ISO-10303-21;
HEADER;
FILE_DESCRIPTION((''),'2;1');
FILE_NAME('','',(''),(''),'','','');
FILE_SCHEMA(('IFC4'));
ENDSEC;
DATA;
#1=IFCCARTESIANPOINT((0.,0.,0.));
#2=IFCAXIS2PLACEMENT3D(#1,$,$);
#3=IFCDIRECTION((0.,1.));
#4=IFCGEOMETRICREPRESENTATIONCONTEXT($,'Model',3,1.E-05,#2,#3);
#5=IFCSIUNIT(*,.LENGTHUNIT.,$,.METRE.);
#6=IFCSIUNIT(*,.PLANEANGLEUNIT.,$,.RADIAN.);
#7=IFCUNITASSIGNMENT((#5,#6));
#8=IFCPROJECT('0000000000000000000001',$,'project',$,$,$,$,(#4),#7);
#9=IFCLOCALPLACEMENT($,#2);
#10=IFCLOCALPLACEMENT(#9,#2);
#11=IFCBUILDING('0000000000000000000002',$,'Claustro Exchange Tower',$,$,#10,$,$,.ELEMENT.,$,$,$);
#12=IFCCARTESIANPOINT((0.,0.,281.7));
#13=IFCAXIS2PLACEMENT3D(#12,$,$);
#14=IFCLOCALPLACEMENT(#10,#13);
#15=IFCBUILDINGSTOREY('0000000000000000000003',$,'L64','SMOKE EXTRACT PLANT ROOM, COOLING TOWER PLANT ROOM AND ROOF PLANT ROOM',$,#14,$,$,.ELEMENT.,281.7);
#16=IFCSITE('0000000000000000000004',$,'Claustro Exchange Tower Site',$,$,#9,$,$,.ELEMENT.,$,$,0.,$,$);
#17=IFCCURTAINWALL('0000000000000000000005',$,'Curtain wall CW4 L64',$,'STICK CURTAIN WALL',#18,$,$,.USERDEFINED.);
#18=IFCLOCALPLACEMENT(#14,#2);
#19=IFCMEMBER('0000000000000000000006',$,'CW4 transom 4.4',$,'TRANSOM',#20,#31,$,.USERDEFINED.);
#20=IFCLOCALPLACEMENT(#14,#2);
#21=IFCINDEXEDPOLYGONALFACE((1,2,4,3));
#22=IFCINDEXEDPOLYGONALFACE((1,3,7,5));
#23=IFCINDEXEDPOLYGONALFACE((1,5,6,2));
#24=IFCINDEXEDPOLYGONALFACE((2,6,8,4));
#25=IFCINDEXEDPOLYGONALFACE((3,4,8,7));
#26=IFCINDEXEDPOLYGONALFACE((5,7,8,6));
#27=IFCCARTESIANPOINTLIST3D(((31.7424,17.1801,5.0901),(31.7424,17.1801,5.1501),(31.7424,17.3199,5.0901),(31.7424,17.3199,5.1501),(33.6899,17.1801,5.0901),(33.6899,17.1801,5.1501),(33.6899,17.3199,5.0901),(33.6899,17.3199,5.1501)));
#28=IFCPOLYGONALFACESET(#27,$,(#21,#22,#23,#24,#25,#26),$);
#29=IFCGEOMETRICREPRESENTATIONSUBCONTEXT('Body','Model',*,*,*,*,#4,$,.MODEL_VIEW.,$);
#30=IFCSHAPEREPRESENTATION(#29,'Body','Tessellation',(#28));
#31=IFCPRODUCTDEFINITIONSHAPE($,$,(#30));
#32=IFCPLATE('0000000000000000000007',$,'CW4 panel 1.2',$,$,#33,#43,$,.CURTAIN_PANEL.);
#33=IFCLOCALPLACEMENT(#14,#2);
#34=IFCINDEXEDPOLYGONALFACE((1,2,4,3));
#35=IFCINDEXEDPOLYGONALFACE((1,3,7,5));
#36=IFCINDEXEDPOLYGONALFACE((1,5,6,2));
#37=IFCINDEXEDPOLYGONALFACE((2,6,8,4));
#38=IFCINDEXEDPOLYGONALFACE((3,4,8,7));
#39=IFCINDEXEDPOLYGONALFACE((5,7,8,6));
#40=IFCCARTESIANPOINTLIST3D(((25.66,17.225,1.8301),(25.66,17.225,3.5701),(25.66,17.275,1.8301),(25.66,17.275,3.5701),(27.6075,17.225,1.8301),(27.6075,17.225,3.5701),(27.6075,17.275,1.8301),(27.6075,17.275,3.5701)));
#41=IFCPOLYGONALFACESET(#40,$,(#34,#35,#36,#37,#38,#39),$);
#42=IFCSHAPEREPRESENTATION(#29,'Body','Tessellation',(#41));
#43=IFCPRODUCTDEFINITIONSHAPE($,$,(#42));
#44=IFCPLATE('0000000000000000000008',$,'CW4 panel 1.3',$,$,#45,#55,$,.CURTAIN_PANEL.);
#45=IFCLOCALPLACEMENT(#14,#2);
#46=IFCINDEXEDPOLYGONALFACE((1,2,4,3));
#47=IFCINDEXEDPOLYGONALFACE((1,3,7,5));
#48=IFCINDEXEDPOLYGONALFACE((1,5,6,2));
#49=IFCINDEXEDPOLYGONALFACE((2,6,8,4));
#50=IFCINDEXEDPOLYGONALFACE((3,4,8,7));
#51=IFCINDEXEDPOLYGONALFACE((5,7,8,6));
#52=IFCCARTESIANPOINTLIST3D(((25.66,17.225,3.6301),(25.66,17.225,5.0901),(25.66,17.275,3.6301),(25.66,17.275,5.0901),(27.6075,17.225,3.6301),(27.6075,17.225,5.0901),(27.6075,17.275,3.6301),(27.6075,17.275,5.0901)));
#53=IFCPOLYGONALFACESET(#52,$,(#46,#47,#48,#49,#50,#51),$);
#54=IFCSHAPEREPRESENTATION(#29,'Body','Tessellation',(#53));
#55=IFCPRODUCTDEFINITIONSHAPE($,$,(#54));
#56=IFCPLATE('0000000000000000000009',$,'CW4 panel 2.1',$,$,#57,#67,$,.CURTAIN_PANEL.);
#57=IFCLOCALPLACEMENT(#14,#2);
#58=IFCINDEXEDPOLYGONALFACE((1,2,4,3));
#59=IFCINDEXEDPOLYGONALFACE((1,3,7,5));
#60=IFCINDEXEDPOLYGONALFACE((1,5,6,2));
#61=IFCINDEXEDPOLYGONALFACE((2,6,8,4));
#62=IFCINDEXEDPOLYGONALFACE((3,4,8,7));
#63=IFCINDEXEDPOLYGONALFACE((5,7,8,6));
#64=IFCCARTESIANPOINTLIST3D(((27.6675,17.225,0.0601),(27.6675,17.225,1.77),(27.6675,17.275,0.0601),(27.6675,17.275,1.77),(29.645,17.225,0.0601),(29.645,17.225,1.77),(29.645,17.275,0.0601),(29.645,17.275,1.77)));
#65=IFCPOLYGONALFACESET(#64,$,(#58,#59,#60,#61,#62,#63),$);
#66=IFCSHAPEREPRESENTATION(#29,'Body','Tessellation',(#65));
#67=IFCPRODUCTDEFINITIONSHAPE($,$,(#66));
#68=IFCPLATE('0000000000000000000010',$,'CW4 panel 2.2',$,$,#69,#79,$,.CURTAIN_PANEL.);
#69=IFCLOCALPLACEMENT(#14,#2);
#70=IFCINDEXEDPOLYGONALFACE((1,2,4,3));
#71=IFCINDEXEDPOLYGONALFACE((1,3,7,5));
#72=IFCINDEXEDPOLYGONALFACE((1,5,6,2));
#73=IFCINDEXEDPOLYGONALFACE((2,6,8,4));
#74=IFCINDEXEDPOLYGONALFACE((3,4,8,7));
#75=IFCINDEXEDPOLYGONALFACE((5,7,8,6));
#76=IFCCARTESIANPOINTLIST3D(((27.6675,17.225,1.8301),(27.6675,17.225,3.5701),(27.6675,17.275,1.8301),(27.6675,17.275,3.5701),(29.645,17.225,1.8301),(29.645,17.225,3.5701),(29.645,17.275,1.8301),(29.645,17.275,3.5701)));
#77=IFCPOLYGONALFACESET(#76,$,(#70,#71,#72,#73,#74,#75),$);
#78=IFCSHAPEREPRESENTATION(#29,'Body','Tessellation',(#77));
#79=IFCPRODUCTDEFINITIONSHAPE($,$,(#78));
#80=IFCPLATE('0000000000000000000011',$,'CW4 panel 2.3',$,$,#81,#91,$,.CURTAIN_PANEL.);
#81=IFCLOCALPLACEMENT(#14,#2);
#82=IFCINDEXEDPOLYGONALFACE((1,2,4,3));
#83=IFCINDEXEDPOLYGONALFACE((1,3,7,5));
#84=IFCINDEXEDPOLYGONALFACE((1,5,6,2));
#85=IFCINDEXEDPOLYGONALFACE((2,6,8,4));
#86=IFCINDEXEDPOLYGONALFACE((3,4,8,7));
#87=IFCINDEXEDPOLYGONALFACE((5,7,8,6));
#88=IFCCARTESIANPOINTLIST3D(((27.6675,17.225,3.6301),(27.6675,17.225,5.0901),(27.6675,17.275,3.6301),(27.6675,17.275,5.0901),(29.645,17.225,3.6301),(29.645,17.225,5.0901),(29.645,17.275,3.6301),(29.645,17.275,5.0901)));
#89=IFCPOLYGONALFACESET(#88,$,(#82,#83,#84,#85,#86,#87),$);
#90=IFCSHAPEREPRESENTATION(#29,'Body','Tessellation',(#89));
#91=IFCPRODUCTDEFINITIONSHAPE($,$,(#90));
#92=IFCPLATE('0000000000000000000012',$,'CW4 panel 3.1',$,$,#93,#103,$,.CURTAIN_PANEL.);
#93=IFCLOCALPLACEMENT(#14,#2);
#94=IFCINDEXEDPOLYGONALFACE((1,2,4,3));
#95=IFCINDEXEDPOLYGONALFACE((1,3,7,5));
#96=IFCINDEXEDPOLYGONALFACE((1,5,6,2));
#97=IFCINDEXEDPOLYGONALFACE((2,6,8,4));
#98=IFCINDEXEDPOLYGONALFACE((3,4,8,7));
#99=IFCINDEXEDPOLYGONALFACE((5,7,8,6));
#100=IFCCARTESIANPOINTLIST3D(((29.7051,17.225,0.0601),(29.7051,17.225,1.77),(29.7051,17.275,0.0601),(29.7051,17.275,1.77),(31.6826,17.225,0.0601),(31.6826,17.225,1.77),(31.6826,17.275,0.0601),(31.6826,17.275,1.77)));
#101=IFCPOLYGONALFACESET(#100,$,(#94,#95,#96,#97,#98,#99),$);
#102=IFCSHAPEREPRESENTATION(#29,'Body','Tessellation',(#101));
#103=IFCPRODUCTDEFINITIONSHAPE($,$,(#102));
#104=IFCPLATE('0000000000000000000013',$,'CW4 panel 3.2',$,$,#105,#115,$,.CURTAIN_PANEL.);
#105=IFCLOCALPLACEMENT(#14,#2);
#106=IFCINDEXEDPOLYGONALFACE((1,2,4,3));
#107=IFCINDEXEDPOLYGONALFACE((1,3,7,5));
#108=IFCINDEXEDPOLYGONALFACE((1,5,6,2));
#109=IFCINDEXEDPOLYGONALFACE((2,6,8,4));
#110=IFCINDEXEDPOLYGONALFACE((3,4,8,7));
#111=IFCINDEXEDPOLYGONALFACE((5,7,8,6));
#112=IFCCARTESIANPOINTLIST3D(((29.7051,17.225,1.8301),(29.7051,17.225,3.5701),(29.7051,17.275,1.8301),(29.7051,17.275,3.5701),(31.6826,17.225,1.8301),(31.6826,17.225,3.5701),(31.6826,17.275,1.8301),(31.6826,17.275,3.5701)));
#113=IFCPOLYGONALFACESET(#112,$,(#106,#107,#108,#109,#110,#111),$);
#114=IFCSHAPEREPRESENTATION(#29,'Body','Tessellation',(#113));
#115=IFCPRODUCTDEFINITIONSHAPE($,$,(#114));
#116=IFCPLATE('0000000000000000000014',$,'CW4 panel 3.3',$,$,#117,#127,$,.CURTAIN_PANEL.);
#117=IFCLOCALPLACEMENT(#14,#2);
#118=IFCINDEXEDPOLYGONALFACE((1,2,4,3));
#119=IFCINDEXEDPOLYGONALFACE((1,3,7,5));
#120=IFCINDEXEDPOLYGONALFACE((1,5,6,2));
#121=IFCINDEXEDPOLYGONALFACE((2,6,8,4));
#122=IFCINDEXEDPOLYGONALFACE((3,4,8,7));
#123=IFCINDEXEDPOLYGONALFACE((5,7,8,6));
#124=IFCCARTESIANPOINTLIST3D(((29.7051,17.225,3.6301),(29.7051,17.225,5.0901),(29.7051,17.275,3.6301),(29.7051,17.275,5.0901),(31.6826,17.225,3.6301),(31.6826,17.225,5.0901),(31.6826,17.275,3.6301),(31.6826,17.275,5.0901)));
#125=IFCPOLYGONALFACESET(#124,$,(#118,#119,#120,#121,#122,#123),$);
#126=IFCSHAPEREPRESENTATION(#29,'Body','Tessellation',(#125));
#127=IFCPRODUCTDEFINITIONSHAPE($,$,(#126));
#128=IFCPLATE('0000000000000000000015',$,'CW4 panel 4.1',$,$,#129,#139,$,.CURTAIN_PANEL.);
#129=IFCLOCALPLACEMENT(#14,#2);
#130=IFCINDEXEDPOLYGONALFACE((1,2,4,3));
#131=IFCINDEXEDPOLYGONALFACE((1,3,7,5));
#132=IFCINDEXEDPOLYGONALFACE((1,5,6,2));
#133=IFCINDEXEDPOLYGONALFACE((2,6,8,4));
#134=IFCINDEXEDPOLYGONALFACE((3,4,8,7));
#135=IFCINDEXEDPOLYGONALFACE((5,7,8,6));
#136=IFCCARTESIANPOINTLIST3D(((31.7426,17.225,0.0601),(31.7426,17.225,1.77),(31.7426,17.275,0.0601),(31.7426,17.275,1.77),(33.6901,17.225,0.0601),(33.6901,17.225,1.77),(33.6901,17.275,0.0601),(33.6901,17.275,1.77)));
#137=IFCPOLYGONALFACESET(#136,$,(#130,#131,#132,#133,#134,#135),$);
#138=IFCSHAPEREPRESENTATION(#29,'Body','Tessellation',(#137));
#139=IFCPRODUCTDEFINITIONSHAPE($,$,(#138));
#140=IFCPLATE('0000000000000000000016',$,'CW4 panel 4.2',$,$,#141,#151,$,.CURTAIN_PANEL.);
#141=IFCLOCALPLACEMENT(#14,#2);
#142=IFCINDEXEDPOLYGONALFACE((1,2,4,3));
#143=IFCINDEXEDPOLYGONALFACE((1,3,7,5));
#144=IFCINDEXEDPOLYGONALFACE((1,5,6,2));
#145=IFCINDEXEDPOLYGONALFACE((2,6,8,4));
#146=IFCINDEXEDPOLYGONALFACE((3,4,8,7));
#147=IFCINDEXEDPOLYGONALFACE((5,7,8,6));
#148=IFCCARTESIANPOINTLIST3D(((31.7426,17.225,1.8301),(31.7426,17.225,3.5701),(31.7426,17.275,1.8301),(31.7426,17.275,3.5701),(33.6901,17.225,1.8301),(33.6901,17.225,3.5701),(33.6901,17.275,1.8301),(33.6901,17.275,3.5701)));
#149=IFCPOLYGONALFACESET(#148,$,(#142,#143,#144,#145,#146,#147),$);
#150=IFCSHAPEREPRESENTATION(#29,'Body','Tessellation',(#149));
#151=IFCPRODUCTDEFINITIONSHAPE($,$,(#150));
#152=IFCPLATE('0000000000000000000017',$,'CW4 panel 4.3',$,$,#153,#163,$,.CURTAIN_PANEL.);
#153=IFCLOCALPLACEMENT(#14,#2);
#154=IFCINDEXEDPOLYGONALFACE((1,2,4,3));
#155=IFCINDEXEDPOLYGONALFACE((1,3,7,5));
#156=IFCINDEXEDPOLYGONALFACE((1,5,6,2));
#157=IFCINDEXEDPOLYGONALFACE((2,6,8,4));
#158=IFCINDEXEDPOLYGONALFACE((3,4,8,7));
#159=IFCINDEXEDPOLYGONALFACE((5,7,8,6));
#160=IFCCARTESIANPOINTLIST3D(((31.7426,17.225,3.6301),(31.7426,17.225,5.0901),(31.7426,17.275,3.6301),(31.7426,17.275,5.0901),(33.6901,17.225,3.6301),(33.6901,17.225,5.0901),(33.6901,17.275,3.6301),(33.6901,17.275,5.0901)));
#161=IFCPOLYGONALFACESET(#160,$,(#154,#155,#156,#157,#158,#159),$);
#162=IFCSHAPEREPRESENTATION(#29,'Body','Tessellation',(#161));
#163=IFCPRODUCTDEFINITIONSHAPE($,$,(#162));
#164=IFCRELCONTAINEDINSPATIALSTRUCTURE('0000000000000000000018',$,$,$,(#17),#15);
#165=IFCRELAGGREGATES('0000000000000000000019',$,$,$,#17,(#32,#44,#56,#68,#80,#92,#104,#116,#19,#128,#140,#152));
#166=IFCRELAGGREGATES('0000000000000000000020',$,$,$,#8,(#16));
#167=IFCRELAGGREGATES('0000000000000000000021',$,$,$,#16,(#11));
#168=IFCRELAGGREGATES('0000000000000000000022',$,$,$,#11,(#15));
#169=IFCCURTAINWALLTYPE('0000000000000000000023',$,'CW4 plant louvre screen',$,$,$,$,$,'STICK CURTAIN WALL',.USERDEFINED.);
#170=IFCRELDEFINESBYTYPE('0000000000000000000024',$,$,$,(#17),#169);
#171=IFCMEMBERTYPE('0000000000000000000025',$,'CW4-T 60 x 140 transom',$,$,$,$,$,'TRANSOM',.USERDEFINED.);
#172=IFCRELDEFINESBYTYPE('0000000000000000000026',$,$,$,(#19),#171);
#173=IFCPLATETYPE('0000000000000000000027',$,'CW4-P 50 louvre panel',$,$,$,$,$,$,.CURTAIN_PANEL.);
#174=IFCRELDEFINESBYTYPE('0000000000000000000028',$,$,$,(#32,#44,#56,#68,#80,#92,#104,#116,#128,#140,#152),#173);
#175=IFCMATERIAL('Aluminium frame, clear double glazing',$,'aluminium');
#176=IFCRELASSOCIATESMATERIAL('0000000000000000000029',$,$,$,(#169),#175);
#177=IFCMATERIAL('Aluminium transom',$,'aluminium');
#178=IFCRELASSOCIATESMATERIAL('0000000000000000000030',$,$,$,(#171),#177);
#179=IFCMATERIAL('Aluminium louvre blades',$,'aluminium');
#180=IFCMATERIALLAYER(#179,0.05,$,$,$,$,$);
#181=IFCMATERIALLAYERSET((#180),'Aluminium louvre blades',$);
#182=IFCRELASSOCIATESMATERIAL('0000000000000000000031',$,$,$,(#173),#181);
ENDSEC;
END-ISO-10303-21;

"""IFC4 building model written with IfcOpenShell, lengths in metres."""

from ifc_helpers import new_model, si_unit, direction, frame, origin, origin_2d, place, context, subcontext, project, spatial, rectangle, extrude, material, layer, layer_set, material_profile, profile_set, type_object, element, aggregate, save


model = new_model("IFC4")

# Units and contexts
model_context = context("Model", 3, precision=1e-05, world=origin(), true_north=direction((0.0, 1.0)))
body_context = subcontext(model_context, "Body", "Model", "MODEL_VIEW")
ifc_project = project(units=[si_unit("LENGTHUNIT", "METRE"), si_unit("PLANEANGLEUNIT", "RADIAN")], contexts=[model_context])

# Site, building, storey
site_placement = place(None, origin())
site = spatial("IfcSite", under=ifc_project, at=site_placement, Name="Claustro Exchange Tower Site", CompositionType="ELEMENT", RefElevation=0.0)
building_placement = place(site_placement, origin())
building = spatial("IfcBuilding", under=site, at=building_placement, Name="Claustro Exchange Tower", CompositionType="ELEMENT")
storey_placement = place(building_placement, frame((0.0, 0.0, 281.7)))
storey = spatial("IfcBuildingStorey", under=building, at=storey_placement, Name="L64", Description="SMOKE EXTRACT PLANT ROOM, COOLING TOWER PLANT ROOM AND ROOF PLANT ROOM", CompositionType="ELEMENT", Elevation=281.7)

# Curtain wall, member, plates
ifc_material_1 = material(Name="Aluminium frame, clear double glazing", Category="aluminium")
curtain_wall_type = type_object("IfcCurtainWallType", Name="CW4 plant louvre screen", ElementType="STICK CURTAIN WALL", PredefinedType="USERDEFINED", material=ifc_material_1)
curtain_wall_placement = place(storey_placement, origin())
curtain_wall = element("IfcCurtainWall", 1, at=curtain_wall_placement, inside=storey, type_object=curtain_wall_type, Name="Curtain wall CW4 L64", ObjectType="STICK CURTAIN WALL", PredefinedType="USERDEFINED")
ifc_material_2 = material(Name="Aluminium transom", Category="aluminium")
ifc_material_profile_1 = material_profile(ifc_material_2, rectangle(XDim=0.1399, YDim=0.0601, at=origin_2d()), Name="CW4-T 60x140")
ifc_profile_set_1 = profile_set([ifc_material_profile_1], Name="Aluminium transom")
member_type_1 = type_object("IfcMemberType", Name="CW4-T 60 x 140 transom", ElementType="TRANSOM", PredefinedType="USERDEFINED", material=ifc_profile_set_1)
member_1_placement = place(storey_placement, frame((31.7424, 17.25, 5.1201), z_axis=(1.0, 0.0, 0.0), x_axis=(0.0, 1.0, 0.0)))
member_1 = element("IfcMember", 2, at=member_1_placement, type_object=member_type_1, Name="CW4 transom 4.4", ObjectType="TRANSOM", PredefinedType="USERDEFINED", context=body_context, shape_type="SweptSolid", body=[
    extrude(rectangle(XDim=0.1399, YDim=0.0601, at=origin_2d()), origin(), (0.0, 0.0, 1.0), 1.9475),
])
ifc_material_3 = material(Name="Aluminium louvre blades", Category="aluminium")
ifc_layer = layer(ifc_material_3, 0.05)
ifc_layer_set = layer_set([ifc_layer], Name="Aluminium louvre blades")
plate_type = type_object("IfcPlateType", Name="CW4-P 50 louvre panel", PredefinedType="CURTAIN_PANEL", material=ifc_layer_set)
plate_1_placement = place(storey_placement, frame((26.6338, 17.25, 1.8301), z_axis=(0.0, 0.0, 1.0), x_axis=(1.0, 0.0, 0.0)))
plate_1 = element("IfcPlate", 3, at=plate_1_placement, type_object=plate_type, Name="CW4 panel 1.2", PredefinedType="CURTAIN_PANEL", context=body_context, shape_type="SweptSolid", body=[
    extrude(rectangle(XDim=1.9475, YDim=0.05, at=origin_2d()), origin(), (0.0, 0.0, 1.0), 1.74),
])
plate_2_placement = place(storey_placement, frame((26.6338, 17.25, 3.6301), z_axis=(0.0, 0.0, 1.0), x_axis=(1.0, 0.0, 0.0)))
plate_2 = element("IfcPlate", 4, at=plate_2_placement, type_object=plate_type, Name="CW4 panel 1.3", PredefinedType="CURTAIN_PANEL", context=body_context, shape_type="SweptSolid", body=[
    extrude(rectangle(XDim=1.9475, YDim=0.05, at=origin_2d()), origin(), (0.0, 0.0, 1.0), 1.46),
])
plate_3_placement = place(storey_placement, frame((28.6562, 17.25, 0.0601), z_axis=(0.0, 0.0, 1.0), x_axis=(1.0, 0.0, 0.0)))
plate_3 = element("IfcPlate", 5, at=plate_3_placement, type_object=plate_type, Name="CW4 panel 2.1", PredefinedType="CURTAIN_PANEL", context=body_context, shape_type="SweptSolid", body=[
    extrude(rectangle(XDim=1.9775, YDim=0.05, at=origin_2d()), origin(), (0.0, 0.0, 1.0), 1.71),
])
plate_4_placement = place(storey_placement, frame((28.6562, 17.25, 1.8301), z_axis=(0.0, 0.0, 1.0), x_axis=(1.0, 0.0, 0.0)))
plate_4 = element("IfcPlate", 6, at=plate_4_placement, type_object=plate_type, Name="CW4 panel 2.2", PredefinedType="CURTAIN_PANEL", context=body_context, shape_type="SweptSolid", body=[
    extrude(rectangle(XDim=1.9775, YDim=0.05, at=origin_2d()), origin(), (0.0, 0.0, 1.0), 1.74),
])
plate_5_placement = place(storey_placement, frame((28.6562, 17.25, 3.6301), z_axis=(0.0, 0.0, 1.0), x_axis=(1.0, 0.0, 0.0)))
plate_5 = element("IfcPlate", 7, at=plate_5_placement, type_object=plate_type, Name="CW4 panel 2.3", PredefinedType="CURTAIN_PANEL", context=body_context, shape_type="SweptSolid", body=[
    extrude(rectangle(XDim=1.9775, YDim=0.05, at=origin_2d()), origin(), (0.0, 0.0, 1.0), 1.46),
])
plate_6_placement = place(storey_placement, frame((30.6938, 17.25, 0.0601), z_axis=(0.0, 0.0, 1.0), x_axis=(1.0, 0.0, 0.0)))
plate_6 = element("IfcPlate", 8, at=plate_6_placement, type_object=plate_type, Name="CW4 panel 3.1", PredefinedType="CURTAIN_PANEL", context=body_context, shape_type="SweptSolid", body=[
    extrude(rectangle(XDim=1.9775, YDim=0.05, at=origin_2d()), origin(), (0.0, 0.0, 1.0), 1.71),
])
plate_7_placement = place(storey_placement, frame((30.6938, 17.25, 1.8301), z_axis=(0.0, 0.0, 1.0), x_axis=(1.0, 0.0, 0.0)))
plate_7 = element("IfcPlate", 9, at=plate_7_placement, type_object=plate_type, Name="CW4 panel 3.2", PredefinedType="CURTAIN_PANEL", context=body_context, shape_type="SweptSolid", body=[
    extrude(rectangle(XDim=1.9775, YDim=0.05, at=origin_2d()), origin(), (0.0, 0.0, 1.0), 1.74),
])
plate_8_placement = place(storey_placement, frame((30.6938, 17.25, 3.6301), z_axis=(0.0, 0.0, 1.0), x_axis=(1.0, 0.0, 0.0)))
plate_8 = element("IfcPlate", 10, at=plate_8_placement, type_object=plate_type, Name="CW4 panel 3.3", PredefinedType="CURTAIN_PANEL", context=body_context, shape_type="SweptSolid", body=[
    extrude(rectangle(XDim=1.9775, YDim=0.05, at=origin_2d()), origin(), (0.0, 0.0, 1.0), 1.46),
])
plate_9_placement = place(storey_placement, frame((32.7163, 17.25, 0.0601), z_axis=(0.0, 0.0, 1.0), x_axis=(1.0, 0.0, 0.0)))
plate_9 = element("IfcPlate", 11, at=plate_9_placement, type_object=plate_type, Name="CW4 panel 4.1", PredefinedType="CURTAIN_PANEL", context=body_context, shape_type="SweptSolid", body=[
    extrude(rectangle(XDim=1.9475, YDim=0.05, at=origin_2d()), origin(), (0.0, 0.0, 1.0), 1.71),
])
plate_10_placement = place(storey_placement, frame((32.7163, 17.25, 1.8301), z_axis=(0.0, 0.0, 1.0), x_axis=(1.0, 0.0, 0.0)))
plate_10 = element("IfcPlate", 12, at=plate_10_placement, type_object=plate_type, Name="CW4 panel 4.2", PredefinedType="CURTAIN_PANEL", context=body_context, shape_type="SweptSolid", body=[
    extrude(rectangle(XDim=1.9475, YDim=0.05, at=origin_2d()), origin(), (0.0, 0.0, 1.0), 1.74),
])
plate_11_placement = place(storey_placement, frame((32.7163, 17.25, 3.6301), z_axis=(0.0, 0.0, 1.0), x_axis=(1.0, 0.0, 0.0)))
plate_11 = element("IfcPlate", 13, at=plate_11_placement, type_object=plate_type, Name="CW4 panel 4.3", PredefinedType="CURTAIN_PANEL", context=body_context, shape_type="SweptSolid", body=[
    extrude(rectangle(XDim=1.9475, YDim=0.05, at=origin_2d()), origin(), (0.0, 0.0, 1.0), 1.46),
])
aggregate(curtain_wall, [plate_1, plate_2, plate_3, plate_4, plate_5, plate_6, plate_7, plate_8, member_1, plate_9, plate_10, plate_11])

save(model, "model.ifc")
